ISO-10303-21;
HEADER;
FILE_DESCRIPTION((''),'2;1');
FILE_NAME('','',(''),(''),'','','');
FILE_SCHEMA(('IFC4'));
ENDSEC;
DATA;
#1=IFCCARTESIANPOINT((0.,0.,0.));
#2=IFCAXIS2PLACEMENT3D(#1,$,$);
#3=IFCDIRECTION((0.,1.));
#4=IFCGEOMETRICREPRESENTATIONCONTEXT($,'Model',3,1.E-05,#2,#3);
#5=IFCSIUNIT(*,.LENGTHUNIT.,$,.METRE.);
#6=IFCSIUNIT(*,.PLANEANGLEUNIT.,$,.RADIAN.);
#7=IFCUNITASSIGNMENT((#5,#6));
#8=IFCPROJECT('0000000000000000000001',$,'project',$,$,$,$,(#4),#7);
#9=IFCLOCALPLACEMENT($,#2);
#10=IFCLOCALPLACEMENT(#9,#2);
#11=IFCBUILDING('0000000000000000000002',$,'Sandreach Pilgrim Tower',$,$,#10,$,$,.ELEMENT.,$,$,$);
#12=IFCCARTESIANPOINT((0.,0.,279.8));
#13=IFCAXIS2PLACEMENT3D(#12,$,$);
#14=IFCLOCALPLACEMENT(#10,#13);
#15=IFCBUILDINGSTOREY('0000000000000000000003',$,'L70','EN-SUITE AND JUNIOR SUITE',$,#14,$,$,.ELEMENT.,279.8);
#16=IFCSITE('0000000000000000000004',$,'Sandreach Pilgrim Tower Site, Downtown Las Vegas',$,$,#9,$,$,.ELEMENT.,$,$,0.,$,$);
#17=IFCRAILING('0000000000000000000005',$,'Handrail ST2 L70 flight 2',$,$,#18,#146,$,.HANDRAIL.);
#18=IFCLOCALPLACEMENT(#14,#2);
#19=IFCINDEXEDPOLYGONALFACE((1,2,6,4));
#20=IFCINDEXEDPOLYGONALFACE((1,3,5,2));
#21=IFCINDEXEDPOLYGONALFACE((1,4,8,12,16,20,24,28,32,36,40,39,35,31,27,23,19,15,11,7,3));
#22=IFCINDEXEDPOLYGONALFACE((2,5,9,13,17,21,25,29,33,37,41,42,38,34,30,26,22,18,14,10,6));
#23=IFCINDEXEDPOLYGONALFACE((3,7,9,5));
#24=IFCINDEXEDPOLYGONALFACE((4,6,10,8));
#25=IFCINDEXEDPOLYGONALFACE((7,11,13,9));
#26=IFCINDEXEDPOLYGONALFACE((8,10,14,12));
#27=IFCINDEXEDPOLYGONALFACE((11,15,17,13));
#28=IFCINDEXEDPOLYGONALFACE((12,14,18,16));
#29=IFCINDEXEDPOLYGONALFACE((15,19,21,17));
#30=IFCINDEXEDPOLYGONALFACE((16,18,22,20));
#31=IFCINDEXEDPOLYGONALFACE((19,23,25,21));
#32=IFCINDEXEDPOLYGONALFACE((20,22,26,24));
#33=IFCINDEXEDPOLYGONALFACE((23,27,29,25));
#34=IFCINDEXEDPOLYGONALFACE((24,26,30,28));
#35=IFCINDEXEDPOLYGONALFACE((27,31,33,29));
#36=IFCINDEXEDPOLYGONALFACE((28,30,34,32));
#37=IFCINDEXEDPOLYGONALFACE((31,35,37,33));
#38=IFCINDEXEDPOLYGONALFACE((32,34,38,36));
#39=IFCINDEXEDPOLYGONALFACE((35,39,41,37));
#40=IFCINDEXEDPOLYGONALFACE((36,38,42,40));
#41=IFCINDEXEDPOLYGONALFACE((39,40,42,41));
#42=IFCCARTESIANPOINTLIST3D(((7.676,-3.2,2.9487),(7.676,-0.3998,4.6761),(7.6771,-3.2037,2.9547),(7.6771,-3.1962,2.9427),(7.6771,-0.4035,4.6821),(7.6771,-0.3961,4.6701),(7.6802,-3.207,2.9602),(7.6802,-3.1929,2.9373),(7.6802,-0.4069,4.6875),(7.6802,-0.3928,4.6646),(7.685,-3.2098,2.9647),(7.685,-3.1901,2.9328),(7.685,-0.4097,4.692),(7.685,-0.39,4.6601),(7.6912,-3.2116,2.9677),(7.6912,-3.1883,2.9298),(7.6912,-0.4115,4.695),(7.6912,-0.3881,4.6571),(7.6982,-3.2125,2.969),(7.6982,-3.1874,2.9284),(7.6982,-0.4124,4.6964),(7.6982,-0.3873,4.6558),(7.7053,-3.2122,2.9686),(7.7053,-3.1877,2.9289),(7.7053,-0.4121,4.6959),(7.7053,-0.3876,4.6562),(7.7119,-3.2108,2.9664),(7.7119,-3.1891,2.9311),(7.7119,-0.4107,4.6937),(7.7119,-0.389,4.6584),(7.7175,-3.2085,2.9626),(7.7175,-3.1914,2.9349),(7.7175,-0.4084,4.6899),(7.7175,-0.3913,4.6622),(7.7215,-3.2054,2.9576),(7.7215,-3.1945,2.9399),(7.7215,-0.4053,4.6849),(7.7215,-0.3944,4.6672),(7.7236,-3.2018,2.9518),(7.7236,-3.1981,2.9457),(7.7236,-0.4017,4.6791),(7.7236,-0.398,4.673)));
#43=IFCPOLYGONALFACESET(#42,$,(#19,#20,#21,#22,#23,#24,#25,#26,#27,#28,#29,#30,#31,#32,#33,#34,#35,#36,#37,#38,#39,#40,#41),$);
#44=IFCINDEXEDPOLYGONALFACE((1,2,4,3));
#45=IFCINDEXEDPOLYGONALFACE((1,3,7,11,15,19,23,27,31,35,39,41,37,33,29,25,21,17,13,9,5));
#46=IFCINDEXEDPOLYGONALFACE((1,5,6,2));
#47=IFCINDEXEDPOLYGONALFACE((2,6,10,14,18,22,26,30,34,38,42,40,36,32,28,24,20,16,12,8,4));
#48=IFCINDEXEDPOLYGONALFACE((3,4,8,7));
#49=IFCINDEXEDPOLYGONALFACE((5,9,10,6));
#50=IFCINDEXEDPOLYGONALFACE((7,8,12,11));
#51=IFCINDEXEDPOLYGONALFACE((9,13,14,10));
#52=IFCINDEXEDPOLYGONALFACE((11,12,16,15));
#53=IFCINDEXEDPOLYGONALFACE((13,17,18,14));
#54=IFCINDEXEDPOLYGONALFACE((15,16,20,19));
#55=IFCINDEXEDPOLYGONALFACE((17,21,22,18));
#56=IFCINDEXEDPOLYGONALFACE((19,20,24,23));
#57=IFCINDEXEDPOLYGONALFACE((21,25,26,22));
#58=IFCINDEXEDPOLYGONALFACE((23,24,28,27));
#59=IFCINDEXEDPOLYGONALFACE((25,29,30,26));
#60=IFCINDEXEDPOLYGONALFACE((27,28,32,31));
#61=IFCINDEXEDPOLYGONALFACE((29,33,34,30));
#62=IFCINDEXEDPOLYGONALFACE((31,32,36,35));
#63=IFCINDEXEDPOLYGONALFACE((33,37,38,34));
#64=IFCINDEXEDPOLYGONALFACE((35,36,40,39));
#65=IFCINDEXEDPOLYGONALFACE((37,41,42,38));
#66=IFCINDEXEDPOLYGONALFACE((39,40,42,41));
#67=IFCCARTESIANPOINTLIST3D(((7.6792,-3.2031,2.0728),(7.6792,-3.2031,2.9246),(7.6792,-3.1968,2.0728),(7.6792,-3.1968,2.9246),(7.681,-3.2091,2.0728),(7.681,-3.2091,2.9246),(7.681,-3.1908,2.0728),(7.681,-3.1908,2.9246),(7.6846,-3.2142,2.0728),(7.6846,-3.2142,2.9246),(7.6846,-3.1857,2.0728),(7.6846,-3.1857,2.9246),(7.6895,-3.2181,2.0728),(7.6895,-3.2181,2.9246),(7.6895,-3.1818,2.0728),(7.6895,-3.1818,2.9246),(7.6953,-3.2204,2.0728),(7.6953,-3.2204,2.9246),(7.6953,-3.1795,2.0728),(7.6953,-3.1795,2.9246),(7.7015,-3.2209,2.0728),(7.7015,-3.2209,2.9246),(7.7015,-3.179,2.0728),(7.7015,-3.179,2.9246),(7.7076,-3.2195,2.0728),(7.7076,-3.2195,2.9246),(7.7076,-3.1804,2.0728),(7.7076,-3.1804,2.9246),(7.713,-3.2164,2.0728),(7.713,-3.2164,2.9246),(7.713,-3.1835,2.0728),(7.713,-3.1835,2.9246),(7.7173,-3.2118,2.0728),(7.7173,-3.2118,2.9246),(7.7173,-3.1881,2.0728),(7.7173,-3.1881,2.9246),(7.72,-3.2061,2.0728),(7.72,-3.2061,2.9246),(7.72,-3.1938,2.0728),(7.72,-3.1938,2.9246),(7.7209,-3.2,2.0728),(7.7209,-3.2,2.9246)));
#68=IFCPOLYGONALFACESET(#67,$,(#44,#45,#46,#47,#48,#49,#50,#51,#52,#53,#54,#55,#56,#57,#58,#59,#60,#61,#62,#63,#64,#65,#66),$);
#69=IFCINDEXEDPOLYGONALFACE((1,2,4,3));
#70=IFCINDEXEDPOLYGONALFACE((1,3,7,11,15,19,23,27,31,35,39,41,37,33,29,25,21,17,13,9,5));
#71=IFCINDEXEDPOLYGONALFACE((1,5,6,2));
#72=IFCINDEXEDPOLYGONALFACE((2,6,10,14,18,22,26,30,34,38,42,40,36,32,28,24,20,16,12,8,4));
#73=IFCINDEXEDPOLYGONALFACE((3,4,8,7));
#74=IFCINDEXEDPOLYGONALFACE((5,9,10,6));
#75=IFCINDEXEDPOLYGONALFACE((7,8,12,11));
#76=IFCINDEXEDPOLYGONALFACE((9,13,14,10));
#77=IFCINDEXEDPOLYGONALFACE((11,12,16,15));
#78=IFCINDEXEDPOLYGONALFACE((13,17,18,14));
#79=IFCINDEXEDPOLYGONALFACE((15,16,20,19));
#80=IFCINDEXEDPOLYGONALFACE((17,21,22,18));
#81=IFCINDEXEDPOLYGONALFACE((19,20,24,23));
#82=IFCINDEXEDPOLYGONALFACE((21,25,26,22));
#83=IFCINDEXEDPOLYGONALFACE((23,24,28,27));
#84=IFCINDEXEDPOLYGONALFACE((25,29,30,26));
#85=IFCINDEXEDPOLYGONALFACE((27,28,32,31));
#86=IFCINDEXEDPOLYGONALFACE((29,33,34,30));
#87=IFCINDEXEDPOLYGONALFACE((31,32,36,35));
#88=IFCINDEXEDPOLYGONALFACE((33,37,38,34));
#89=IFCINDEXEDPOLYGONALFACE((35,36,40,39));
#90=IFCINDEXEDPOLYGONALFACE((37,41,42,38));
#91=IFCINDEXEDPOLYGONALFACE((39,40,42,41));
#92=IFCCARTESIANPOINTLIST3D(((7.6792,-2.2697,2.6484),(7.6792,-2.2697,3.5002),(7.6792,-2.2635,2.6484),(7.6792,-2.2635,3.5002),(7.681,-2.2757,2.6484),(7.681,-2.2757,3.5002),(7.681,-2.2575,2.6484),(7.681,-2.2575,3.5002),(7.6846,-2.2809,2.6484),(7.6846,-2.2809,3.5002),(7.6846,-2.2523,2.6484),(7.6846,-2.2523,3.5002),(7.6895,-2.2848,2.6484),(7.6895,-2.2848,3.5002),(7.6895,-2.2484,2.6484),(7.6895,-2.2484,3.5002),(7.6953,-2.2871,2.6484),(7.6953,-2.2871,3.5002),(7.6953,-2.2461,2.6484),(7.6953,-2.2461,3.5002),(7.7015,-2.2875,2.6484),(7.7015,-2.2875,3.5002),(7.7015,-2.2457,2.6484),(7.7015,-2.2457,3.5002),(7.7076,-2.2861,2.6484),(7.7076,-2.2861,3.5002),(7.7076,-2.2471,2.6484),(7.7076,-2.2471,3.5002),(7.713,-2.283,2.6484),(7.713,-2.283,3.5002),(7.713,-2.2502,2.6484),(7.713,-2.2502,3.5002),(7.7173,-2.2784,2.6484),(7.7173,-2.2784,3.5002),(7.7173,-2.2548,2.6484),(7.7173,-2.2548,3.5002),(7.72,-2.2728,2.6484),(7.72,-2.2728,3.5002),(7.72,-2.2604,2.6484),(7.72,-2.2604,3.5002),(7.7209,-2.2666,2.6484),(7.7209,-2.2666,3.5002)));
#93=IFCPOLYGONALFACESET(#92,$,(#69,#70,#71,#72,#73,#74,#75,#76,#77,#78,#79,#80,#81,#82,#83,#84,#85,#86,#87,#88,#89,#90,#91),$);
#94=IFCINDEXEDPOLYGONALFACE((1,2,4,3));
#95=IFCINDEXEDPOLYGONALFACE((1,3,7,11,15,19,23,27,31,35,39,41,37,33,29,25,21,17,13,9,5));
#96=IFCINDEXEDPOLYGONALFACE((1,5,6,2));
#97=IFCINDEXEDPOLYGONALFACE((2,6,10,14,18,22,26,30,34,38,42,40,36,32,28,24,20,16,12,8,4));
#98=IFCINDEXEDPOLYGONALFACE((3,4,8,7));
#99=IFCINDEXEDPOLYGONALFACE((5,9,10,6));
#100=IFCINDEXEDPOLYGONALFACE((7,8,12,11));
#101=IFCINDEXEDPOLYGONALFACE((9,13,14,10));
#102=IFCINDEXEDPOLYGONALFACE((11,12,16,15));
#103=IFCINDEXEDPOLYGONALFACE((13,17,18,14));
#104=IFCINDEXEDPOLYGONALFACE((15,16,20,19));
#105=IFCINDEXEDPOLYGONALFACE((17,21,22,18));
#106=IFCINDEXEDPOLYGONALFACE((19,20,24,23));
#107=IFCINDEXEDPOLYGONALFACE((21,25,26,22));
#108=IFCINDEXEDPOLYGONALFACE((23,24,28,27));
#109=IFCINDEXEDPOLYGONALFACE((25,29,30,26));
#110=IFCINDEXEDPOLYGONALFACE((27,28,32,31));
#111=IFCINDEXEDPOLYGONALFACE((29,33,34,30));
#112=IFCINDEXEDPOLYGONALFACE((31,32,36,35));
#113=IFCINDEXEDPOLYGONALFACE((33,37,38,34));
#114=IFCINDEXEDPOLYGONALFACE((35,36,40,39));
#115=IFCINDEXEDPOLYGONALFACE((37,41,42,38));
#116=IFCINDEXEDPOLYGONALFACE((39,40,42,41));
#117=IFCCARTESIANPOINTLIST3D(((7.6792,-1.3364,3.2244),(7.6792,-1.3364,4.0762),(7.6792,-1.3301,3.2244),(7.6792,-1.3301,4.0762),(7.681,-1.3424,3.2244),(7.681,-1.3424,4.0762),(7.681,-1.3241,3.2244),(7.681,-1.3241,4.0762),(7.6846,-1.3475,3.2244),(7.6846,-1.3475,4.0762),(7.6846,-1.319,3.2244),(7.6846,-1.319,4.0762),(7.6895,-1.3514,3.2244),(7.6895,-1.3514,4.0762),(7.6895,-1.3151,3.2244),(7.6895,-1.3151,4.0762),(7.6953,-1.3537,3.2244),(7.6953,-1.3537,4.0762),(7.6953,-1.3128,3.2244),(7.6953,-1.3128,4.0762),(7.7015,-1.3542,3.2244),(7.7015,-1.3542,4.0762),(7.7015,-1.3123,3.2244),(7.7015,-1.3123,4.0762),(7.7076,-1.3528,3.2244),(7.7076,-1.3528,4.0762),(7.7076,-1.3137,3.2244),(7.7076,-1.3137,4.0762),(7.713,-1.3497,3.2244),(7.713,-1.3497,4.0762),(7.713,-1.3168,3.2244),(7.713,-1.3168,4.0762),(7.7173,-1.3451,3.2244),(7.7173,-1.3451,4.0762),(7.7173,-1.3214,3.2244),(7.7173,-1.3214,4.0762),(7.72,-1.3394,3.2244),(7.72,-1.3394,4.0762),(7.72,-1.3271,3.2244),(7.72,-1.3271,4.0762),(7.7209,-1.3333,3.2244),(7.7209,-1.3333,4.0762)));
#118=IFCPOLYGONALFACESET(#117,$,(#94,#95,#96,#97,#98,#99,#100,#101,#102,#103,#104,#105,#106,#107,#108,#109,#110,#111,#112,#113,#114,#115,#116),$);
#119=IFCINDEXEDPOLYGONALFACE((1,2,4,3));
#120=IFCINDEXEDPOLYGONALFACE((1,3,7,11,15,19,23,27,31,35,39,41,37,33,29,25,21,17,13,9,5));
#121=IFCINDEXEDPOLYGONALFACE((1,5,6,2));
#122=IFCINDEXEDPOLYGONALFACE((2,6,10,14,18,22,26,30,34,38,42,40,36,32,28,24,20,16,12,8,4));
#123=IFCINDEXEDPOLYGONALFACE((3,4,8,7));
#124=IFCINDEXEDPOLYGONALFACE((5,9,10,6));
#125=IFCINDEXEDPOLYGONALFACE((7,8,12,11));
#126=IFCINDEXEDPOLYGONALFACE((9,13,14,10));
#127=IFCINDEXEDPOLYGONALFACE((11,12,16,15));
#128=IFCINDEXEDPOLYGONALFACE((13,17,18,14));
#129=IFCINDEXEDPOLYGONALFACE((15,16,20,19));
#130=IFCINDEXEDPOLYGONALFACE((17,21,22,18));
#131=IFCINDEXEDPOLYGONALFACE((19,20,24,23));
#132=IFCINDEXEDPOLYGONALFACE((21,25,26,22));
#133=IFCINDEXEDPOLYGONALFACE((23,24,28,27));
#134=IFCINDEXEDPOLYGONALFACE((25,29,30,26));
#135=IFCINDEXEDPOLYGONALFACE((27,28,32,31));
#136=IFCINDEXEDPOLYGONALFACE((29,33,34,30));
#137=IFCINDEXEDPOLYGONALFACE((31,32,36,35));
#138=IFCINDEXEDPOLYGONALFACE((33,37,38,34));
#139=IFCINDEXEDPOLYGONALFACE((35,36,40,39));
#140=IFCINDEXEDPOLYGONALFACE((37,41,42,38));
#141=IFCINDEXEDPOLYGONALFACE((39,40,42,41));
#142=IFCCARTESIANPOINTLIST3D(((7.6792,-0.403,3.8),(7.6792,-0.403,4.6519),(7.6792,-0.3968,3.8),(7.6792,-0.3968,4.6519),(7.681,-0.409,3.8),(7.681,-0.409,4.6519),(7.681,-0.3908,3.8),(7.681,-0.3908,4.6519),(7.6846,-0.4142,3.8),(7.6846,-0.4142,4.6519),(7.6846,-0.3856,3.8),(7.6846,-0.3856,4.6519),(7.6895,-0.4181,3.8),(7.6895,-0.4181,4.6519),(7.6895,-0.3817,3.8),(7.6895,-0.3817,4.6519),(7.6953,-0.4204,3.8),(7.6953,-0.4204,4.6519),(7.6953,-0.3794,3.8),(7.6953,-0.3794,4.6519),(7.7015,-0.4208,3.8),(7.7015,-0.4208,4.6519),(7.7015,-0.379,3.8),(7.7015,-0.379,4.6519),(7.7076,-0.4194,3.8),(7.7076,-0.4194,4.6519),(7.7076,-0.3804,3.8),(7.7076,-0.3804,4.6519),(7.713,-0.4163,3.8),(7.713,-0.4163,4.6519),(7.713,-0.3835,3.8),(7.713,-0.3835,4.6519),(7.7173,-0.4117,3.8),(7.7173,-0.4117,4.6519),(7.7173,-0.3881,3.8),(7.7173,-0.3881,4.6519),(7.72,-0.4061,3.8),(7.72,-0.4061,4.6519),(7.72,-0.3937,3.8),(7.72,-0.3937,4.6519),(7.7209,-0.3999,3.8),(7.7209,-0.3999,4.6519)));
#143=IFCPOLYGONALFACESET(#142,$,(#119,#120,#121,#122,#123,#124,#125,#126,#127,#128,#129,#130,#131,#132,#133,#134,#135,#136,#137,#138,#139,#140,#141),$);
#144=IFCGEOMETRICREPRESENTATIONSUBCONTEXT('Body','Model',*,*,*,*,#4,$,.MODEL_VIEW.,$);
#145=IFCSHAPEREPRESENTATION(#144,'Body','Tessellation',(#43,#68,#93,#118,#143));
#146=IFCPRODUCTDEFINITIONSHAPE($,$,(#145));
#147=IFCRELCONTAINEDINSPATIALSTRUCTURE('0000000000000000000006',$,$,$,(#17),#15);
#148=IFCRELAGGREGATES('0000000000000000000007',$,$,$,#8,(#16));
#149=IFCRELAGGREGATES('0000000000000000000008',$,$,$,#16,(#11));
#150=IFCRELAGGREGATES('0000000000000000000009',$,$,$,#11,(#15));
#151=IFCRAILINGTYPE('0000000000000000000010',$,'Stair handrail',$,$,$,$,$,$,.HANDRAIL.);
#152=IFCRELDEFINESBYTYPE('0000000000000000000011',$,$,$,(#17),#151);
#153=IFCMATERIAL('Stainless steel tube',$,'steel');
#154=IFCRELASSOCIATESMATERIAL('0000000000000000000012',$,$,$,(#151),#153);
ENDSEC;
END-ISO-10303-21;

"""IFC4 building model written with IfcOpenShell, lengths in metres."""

from ifc_helpers import new_model, si_unit, direction, frame, origin, origin_2d, place, context, subcontext, project, spatial, circle, extrude, material, type_object, element, save


model = new_model("IFC4")

# Units and contexts
model_context = context("Model", 3, precision=1e-05, world=origin(), true_north=direction((0.0, 1.0)))
body_context = subcontext(model_context, "Body", "Model", "MODEL_VIEW")
ifc_project = project(units=[si_unit("LENGTHUNIT", "METRE"), si_unit("PLANEANGLEUNIT", "RADIAN")], contexts=[model_context])

# Site, building, storey
site_placement = place(None, origin())
site = spatial("IfcSite", under=ifc_project, at=site_placement, Name="Sandreach Pilgrim Tower Site, Downtown Las Vegas", CompositionType="ELEMENT", RefElevation=0.0)
building_placement = place(site_placement, origin())
building = spatial("IfcBuilding", under=site, at=building_placement, Name="Sandreach Pilgrim Tower", CompositionType="ELEMENT")
storey_placement = place(building_placement, frame((0.0, 0.0, 279.8)))
storey = spatial("IfcBuildingStorey", under=building, at=storey_placement, Name="L70", Description="EN-SUITE AND JUNIOR SUITE", CompositionType="ELEMENT", Elevation=279.8)

# Railing
ifc_material_1 = material(Name="Stainless steel tube", Category="steel")
railing_type = type_object("IfcRailingType", Name="Stair handrail", PredefinedType="HANDRAIL", material=ifc_material_1)
for number, where, name in (
    (1, (7.7, -3.2, 2.0728), "Handrail ST2 L70 flight 2"),
):
    element("IfcRailing", number, at=place(storey_placement, frame(where)), inside=storey, type_object=railing_type, Name=name, PredefinedType="HANDRAIL", context=body_context, shape_type="SweptSolid", body=[
        extrude(circle(Radius=0.0239, at=origin_2d()), frame((0.0, 0.0, 0.876), z_axis=(0.0, 0.85109, 0.52502), x_axis=(-1.0, 0.0, 0.0)), (0.0, 0.0, 1.0), 3.29),
        extrude(circle(Radius=0.021, at=origin_2d()), origin(), (0.0, 0.0, 1.0), 0.8518),
        extrude(circle(Radius=0.021, at=origin_2d()), frame((0.0, 0.9333, 0.5757)), (0.0, 0.0, 1.0), 0.8518),
        extrude(circle(Radius=0.021, at=origin_2d()), frame((0.0, 1.8667, 1.1516)), (0.0, 0.0, 1.0), 0.8518),
        extrude(circle(Radius=0.021, at=origin_2d()), frame((0.0, 2.8, 1.7273)), (0.0, 0.0, 1.0), 0.8518),
    ])

save(model, "model.ifc")
